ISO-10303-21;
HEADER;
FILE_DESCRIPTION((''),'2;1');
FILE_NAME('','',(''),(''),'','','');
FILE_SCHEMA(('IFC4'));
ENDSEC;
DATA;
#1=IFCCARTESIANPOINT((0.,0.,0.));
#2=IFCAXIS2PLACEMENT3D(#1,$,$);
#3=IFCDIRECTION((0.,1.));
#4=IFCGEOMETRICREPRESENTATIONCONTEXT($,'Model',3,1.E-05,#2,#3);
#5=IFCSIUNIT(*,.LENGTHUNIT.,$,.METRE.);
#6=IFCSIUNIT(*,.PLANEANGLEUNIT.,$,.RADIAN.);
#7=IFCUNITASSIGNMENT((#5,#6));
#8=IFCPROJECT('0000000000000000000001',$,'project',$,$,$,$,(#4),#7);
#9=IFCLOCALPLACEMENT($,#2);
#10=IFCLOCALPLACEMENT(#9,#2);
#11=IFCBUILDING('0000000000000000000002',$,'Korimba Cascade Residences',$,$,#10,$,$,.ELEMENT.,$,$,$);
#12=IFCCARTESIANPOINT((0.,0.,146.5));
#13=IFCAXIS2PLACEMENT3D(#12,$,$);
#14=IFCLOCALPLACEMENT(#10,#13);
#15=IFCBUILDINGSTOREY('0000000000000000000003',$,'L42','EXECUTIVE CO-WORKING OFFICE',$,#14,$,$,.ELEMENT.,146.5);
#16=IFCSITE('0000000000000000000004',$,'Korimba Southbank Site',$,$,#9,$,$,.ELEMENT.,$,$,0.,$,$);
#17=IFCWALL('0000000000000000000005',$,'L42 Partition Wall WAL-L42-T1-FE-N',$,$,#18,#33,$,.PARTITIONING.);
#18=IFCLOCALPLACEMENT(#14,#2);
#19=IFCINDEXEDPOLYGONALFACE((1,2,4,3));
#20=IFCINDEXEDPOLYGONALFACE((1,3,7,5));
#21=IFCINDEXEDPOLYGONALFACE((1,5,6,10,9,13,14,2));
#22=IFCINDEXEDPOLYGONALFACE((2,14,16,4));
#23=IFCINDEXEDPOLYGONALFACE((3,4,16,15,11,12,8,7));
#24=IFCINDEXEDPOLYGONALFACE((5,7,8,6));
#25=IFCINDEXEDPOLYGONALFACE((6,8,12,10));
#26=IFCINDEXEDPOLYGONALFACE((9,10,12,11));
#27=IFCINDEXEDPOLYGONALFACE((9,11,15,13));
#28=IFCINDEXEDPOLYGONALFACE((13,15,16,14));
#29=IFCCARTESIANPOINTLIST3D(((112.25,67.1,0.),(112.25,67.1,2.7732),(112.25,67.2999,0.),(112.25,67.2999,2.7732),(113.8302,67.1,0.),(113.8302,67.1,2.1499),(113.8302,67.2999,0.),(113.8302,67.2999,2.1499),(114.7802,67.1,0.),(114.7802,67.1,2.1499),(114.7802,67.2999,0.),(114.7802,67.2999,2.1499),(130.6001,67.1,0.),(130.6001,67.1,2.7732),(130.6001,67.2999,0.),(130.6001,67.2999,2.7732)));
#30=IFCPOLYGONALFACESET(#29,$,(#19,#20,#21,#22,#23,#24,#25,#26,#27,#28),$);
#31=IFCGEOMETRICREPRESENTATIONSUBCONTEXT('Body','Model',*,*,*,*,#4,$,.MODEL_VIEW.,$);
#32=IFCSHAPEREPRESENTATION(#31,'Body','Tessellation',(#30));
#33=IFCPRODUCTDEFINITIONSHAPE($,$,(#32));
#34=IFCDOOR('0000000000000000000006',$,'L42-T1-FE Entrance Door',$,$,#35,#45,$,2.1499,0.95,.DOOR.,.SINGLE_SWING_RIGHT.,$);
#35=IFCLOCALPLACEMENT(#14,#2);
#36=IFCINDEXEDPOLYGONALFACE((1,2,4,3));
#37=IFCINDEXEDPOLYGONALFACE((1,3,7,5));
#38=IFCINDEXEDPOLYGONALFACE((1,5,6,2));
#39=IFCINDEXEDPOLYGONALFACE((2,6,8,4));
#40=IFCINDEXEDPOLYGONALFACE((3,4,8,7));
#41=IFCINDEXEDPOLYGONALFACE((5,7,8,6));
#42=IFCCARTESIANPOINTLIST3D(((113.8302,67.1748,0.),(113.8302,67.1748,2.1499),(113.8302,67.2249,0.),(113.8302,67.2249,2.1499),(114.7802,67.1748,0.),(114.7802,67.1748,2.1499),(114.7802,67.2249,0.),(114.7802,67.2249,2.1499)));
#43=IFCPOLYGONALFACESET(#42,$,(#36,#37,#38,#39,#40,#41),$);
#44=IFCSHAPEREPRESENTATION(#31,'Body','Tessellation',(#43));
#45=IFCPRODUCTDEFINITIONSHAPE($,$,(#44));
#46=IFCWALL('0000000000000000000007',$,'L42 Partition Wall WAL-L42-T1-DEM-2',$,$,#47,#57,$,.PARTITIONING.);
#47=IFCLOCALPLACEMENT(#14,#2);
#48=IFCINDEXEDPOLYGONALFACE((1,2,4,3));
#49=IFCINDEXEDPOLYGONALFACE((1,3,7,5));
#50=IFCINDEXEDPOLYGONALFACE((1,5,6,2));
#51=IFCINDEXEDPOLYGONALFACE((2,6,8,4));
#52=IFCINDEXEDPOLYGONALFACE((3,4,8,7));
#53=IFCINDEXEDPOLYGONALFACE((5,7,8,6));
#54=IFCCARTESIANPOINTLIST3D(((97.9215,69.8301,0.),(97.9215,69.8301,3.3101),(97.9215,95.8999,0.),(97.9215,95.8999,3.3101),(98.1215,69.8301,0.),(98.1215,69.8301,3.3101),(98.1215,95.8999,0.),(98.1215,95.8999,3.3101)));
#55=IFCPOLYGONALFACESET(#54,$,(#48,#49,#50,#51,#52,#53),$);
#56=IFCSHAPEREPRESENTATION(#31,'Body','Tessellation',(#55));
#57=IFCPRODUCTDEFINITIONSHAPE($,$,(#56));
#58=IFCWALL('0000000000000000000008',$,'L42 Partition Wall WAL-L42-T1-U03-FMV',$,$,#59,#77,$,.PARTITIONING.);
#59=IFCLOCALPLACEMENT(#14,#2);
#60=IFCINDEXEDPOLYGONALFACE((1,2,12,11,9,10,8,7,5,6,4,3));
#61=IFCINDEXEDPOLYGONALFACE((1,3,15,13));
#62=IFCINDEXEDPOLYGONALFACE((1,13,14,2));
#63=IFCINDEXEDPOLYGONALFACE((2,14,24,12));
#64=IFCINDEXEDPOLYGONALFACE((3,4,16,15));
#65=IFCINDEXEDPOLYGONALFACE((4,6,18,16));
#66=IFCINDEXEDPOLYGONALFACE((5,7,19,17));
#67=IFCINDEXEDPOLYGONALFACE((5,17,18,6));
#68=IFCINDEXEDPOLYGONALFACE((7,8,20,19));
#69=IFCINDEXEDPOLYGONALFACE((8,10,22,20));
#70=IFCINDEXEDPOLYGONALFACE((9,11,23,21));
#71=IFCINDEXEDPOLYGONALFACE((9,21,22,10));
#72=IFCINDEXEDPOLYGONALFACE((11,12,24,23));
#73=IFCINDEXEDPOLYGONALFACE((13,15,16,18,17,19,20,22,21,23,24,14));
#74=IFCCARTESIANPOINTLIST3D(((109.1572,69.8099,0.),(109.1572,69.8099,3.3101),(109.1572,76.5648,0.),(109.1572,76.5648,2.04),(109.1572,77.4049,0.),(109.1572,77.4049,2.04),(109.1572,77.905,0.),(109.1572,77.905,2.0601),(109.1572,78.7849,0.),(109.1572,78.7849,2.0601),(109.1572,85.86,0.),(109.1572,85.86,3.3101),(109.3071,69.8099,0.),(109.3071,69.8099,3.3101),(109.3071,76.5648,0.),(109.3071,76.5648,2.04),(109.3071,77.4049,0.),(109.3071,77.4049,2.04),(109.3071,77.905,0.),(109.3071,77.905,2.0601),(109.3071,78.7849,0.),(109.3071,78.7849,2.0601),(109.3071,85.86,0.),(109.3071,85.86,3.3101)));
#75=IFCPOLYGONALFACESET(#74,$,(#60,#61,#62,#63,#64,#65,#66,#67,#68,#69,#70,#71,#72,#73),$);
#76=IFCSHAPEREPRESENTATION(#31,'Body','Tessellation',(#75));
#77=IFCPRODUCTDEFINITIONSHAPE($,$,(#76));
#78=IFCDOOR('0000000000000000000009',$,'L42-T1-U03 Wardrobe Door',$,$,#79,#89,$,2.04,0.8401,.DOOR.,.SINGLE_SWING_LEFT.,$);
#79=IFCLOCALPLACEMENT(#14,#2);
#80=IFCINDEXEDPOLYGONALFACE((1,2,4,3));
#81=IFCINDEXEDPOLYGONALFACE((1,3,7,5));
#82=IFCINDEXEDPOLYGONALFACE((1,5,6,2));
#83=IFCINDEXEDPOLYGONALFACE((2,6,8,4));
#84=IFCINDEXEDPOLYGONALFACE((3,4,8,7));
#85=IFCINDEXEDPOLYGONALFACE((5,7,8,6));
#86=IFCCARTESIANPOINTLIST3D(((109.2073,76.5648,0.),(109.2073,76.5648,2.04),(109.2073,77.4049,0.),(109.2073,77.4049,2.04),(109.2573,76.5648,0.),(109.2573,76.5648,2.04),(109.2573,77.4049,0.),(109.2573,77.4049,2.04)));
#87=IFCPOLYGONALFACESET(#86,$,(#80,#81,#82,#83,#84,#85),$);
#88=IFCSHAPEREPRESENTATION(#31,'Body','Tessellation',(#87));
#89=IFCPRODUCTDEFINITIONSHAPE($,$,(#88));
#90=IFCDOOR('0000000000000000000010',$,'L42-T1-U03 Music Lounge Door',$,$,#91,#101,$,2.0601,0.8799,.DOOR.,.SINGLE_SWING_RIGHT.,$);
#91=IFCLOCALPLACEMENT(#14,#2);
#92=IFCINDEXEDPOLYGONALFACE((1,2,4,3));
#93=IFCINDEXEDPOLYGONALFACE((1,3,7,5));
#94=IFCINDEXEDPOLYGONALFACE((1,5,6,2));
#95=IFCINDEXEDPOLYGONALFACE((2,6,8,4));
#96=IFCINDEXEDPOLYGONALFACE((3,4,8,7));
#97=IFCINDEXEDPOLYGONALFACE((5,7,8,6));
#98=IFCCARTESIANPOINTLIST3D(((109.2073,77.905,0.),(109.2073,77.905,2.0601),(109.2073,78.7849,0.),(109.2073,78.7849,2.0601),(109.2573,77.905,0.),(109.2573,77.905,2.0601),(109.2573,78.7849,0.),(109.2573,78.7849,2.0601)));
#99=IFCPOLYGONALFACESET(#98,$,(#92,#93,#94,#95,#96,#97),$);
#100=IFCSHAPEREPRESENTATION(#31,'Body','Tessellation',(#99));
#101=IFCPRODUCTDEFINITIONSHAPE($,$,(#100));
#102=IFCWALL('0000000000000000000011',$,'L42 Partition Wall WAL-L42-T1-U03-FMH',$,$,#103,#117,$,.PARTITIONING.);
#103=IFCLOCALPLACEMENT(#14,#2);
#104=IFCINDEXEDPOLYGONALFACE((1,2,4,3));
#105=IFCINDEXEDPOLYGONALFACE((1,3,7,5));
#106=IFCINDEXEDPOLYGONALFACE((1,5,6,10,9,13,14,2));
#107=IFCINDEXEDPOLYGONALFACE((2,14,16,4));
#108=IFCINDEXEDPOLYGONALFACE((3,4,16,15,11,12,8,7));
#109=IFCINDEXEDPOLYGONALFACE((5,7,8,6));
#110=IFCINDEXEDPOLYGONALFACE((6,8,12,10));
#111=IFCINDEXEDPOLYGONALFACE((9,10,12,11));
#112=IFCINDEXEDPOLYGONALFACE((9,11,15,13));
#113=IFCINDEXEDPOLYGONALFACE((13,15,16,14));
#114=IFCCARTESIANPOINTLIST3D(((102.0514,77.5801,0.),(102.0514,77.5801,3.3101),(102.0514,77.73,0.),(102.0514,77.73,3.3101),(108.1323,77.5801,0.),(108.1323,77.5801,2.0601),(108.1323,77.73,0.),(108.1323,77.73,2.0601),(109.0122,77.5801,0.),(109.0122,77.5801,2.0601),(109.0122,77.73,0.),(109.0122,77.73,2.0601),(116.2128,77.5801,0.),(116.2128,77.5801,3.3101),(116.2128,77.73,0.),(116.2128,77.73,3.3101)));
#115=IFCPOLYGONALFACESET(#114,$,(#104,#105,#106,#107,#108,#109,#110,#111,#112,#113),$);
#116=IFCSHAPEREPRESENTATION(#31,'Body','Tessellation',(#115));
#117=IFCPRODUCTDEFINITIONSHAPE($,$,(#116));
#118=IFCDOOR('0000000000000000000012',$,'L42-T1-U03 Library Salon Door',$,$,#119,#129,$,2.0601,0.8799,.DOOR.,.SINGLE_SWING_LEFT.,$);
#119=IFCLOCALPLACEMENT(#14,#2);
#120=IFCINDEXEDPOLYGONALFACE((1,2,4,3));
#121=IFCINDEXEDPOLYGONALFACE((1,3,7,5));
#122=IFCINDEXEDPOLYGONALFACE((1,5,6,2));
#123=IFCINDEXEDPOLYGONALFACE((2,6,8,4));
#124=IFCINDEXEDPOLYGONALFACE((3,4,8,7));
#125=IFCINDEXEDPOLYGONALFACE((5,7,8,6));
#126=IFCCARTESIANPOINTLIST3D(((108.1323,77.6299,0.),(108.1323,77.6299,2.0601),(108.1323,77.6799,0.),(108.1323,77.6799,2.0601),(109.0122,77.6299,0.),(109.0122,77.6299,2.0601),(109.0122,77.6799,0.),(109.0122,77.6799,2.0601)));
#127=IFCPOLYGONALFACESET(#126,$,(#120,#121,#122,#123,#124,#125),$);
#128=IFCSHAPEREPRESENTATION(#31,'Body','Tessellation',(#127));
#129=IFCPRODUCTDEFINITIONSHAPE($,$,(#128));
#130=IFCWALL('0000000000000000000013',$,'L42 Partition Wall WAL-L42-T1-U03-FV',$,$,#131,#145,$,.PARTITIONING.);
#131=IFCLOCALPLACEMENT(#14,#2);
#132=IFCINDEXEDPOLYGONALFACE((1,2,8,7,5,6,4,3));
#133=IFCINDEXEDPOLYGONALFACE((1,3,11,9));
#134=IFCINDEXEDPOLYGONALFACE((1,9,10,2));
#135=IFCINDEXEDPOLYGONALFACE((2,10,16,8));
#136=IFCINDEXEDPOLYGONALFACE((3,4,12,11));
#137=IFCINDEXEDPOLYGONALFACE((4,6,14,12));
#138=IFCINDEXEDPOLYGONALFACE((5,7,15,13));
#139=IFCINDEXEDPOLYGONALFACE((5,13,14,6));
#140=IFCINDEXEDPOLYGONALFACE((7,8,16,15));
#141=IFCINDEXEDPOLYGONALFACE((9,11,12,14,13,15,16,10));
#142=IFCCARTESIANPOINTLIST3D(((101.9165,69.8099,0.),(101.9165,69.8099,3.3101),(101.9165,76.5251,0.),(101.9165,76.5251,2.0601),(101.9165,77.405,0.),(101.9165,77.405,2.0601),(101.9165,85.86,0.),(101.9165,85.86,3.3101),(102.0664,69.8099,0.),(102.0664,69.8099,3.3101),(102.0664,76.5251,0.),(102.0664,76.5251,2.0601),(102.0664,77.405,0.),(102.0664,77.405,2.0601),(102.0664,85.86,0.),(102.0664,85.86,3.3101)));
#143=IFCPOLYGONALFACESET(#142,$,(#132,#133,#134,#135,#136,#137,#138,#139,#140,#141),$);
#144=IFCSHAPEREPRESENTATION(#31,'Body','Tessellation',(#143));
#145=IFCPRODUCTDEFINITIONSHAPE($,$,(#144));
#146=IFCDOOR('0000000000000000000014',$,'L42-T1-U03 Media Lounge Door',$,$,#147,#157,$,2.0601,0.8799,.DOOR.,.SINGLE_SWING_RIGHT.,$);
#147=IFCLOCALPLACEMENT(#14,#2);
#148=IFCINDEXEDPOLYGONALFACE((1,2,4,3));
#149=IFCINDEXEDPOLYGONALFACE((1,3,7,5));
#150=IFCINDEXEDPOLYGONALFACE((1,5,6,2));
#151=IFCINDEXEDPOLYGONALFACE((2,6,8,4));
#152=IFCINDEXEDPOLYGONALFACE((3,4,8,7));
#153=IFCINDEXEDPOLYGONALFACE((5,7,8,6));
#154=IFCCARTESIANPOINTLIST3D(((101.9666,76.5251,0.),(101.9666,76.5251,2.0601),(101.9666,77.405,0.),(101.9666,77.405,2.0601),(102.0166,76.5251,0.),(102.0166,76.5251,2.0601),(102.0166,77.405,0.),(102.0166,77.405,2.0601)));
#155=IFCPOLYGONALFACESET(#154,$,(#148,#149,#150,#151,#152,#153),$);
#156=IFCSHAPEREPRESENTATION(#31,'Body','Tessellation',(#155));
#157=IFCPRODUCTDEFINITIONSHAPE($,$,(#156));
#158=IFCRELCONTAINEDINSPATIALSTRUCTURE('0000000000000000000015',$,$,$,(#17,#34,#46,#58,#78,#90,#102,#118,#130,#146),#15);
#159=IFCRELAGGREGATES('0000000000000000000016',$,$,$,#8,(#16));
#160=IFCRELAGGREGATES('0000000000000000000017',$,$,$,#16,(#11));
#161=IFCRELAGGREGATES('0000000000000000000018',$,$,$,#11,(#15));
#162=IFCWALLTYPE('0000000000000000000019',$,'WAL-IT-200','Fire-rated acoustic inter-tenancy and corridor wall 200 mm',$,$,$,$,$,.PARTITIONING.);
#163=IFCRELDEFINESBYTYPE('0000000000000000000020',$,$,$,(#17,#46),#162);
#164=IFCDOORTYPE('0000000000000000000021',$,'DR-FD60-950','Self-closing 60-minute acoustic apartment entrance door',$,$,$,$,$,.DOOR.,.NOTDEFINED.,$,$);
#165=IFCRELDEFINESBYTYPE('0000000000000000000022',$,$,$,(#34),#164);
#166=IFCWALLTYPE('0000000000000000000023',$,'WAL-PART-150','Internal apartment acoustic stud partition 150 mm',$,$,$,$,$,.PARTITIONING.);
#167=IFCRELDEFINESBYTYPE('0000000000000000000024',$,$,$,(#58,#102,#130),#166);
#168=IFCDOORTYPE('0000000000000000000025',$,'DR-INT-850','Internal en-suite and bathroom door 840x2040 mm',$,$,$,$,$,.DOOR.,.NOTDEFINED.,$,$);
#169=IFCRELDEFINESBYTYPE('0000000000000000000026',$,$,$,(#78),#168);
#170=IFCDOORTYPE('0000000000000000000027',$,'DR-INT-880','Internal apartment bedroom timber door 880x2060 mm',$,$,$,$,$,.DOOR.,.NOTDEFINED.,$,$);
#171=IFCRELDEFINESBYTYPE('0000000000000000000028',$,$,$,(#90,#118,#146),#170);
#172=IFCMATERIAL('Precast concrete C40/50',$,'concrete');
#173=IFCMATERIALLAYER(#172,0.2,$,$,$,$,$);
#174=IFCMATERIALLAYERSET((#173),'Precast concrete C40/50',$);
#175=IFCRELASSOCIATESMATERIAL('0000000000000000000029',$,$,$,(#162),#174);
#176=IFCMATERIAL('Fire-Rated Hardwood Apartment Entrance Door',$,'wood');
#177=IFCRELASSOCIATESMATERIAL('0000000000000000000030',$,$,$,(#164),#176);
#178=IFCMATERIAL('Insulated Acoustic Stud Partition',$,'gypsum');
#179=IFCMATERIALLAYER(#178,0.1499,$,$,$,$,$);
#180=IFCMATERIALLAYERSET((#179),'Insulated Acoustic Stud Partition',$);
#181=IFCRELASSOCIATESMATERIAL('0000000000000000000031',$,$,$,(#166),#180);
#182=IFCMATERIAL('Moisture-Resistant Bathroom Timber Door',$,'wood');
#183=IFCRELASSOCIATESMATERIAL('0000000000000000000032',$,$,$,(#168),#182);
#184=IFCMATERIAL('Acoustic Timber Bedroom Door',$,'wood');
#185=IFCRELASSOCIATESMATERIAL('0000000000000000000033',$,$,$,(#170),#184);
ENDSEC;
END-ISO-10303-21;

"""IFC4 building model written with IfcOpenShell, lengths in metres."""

from ifc_helpers import new_model, si_unit, direction, frame, frame_2d, origin, place, context, subcontext, project, spatial, rectangle, extrude, material, layer, layer_set, type_object, element, fill, save


model = new_model("IFC4")

# Units and contexts
model_context = context("Model", 3, precision=1e-05, world=origin(), true_north=direction((0.0, 1.0)))
body_context = subcontext(model_context, "Body", "Model", "MODEL_VIEW")
ifc_project = project(units=[si_unit("LENGTHUNIT", "METRE"), si_unit("PLANEANGLEUNIT", "RADIAN")], contexts=[model_context])

# Site, building, storey
site_placement = place(None, origin())
site = spatial("IfcSite", under=ifc_project, at=site_placement, Name="Korimba Southbank Site", CompositionType="ELEMENT", RefElevation=0.0)
building_placement = place(site_placement, origin())
building = spatial("IfcBuilding", under=site, at=building_placement, Name="Korimba Cascade Residences", CompositionType="ELEMENT")
storey_placement = place(building_placement, frame((0.0, 0.0, 146.5)))
storey = spatial("IfcBuildingStorey", under=building, at=storey_placement, Name="L42", Description="EXECUTIVE CO-WORKING OFFICE", CompositionType="ELEMENT", Elevation=146.5)

# Wall, opening, door
ifc_material_1 = material(Name="Precast concrete C40/50", Category="concrete")
ifc_layer_1 = layer(ifc_material_1, 0.2)
ifc_layer_set_1 = layer_set([ifc_layer_1], Name="Precast concrete C40/50")
wall_type_1 = type_object("IfcWallType", Name="WAL-IT-200", Description="Fire-rated acoustic inter-tenancy and corridor wall 200 mm", PredefinedType="PARTITIONING", material=ifc_layer_set_1)
wall_1_placement = place(storey_placement, frame((112.25, 67.2, 0.0), z_axis=(0.0, 0.0, 1.0), x_axis=(1.0, 0.0, 0.0)))
wall_1 = element("IfcWall", 1, at=wall_1_placement, inside=storey, type_object=wall_type_1, Name="L42 Partition Wall WAL-L42-T1-FE-N", PredefinedType="PARTITIONING", context=body_context, shape_type="SweptSolid", body=[
    extrude(rectangle(XDim=18.3501, YDim=0.2, at=frame_2d((9.175, 0.0))), origin(), (0.0, 0.0, 1.0), 2.7732),
])
opening_1_placement = place(wall_1_placement, frame((1.5801, 0.0, 0.0)))
opening_1 = element("IfcOpeningElement", 2, at=opening_1_placement, cuts=wall_1, PredefinedType="OPENING", context=body_context, shape_type="SweptSolid", body=[
    extrude(rectangle(XDim=0.95, YDim=2.1499, at=frame_2d((0.4751, 1.075))), frame((0.0, 0.1099, 0.0), z_axis=(0.0, -1.0, 0.0), x_axis=(1.0, 0.0, 0.0)), (0.0, 0.0, 1.0), 0.22),
])
ifc_material_2 = material(Name="Fire-Rated Hardwood Apartment Entrance Door", Category="wood")
door_type_1 = type_object("IfcDoorType", Name="DR-FD60-950", Description="Self-closing 60-minute acoustic apartment entrance door", OperationType="NOTDEFINED", PredefinedType="DOOR", material=ifc_material_2)
door_1_placement = place(opening_1_placement, origin())
door_1 = element("IfcDoor", 3, at=door_1_placement, inside=storey, type_object=door_type_1, Name="L42-T1-FE Entrance Door", OperationType="SINGLE_SWING_RIGHT", OverallHeight=2.1499, OverallWidth=0.95, PredefinedType="DOOR", context=body_context, shape_type="SweptSolid", body=[
    extrude(rectangle(XDim=0.95, YDim=2.1499, at=frame_2d((0.4751, 1.075))), frame((0.0, 0.0249, 0.0), z_axis=(0.0, -1.0, 0.0), x_axis=(1.0, 0.0, 0.0)), (0.0, 0.0, 1.0), 0.05),
])
fill(opening_1, door_1)

# Wall
wall_2_placement = place(storey_placement, frame((98.0215, 69.8301, 0.0), z_axis=(0.0, 0.0, 1.0), x_axis=(0.0, 1.0, 0.0)))
element("IfcWall", 4, at=wall_2_placement, inside=storey, type_object=wall_type_1, Name="L42 Partition Wall WAL-L42-T1-DEM-2", PredefinedType="PARTITIONING", context=body_context, shape_type="SweptSolid", body=[
    extrude(rectangle(XDim=26.0698, YDim=0.2, at=frame_2d((13.0349, 0.0))), origin(), (0.0, 0.0, 1.0), 3.3101),
])

# Wall, openings, doors
ifc_material_3 = material(Name="Insulated Acoustic Stud Partition", Category="gypsum")
ifc_layer_2 = layer(ifc_material_3, 0.1499)
ifc_layer_set_2 = layer_set([ifc_layer_2], Name="Insulated Acoustic Stud Partition")
wall_type_2 = type_object("IfcWallType", Name="WAL-PART-150", Description="Internal apartment acoustic stud partition 150 mm", PredefinedType="PARTITIONING", material=ifc_layer_set_2)
wall_3_placement = place(storey_placement, frame((109.2322, 69.8101, 0.0), z_axis=(0.0, 0.0, 1.0), x_axis=(0.0, 1.0, 0.0)))
wall_3 = element("IfcWall", 5, at=wall_3_placement, inside=storey, type_object=wall_type_2, Name="L42 Partition Wall WAL-L42-T1-U03-FMV", PredefinedType="PARTITIONING", context=body_context, shape_type="SweptSolid", body=[
    extrude(rectangle(XDim=16.05, YDim=0.1499, at=frame_2d((8.0249, 0.0))), origin(), (0.0, 0.0, 1.0), 3.3101),
])
opening_2_placement = place(wall_3_placement, frame((6.7549, 0.0, 0.0)))
opening_2 = element("IfcOpeningElement", 6, at=opening_2_placement, cuts=wall_3, PredefinedType="OPENING", context=body_context, shape_type="SweptSolid", body=[
    extrude(rectangle(XDim=0.8401, YDim=2.04, at=frame_2d((0.4199, 1.02))), frame((0.0, 0.085, 0.0), z_axis=(0.0, -1.0, 0.0), x_axis=(1.0, 0.0, 0.0)), (0.0, 0.0, 1.0), 0.1699),
])
opening_3_placement = place(wall_3_placement, frame((8.095, 0.0, 0.0)))
opening_3 = element("IfcOpeningElement", 7, at=opening_3_placement, cuts=wall_3, PredefinedType="OPENING", context=body_context, shape_type="SweptSolid", body=[
    extrude(rectangle(XDim=0.8799, YDim=2.0601, at=frame_2d((0.4399, 1.03))), frame((0.0, 0.085, 0.0), z_axis=(0.0, -1.0, 0.0), x_axis=(1.0, 0.0, 0.0)), (0.0, 0.0, 1.0), 0.1699),
])
ifc_material_4 = material(Name="Moisture-Resistant Bathroom Timber Door", Category="wood")
door_type_2 = type_object("IfcDoorType", Name="DR-INT-850", Description="Internal en-suite and bathroom door 840x2040 mm", OperationType="NOTDEFINED", PredefinedType="DOOR", material=ifc_material_4)
door_2_placement = place(opening_2_placement, origin())
door_2 = element("IfcDoor", 8, at=door_2_placement, inside=storey, type_object=door_type_2, Name="L42-T1-U03 Wardrobe Door", OperationType="SINGLE_SWING_LEFT", OverallHeight=2.04, OverallWidth=0.8401, PredefinedType="DOOR", context=body_context, shape_type="SweptSolid", body=[
    extrude(rectangle(XDim=0.8401, YDim=2.04, at=frame_2d((0.4199, 1.02))), frame((0.0, 0.0249, 0.0), z_axis=(0.0, -1.0, 0.0), x_axis=(1.0, 0.0, 0.0)), (0.0, 0.0, 1.0), 0.05),
])
fill(opening_2, door_2)
ifc_material_5 = material(Name="Acoustic Timber Bedroom Door", Category="wood")
door_type_3 = type_object("IfcDoorType", Name="DR-INT-880", Description="Internal apartment bedroom timber door 880x2060 mm", OperationType="NOTDEFINED", PredefinedType="DOOR", material=ifc_material_5)
door_3_placement = place(opening_3_placement, origin())
door_3 = element("IfcDoor", 9, at=door_3_placement, inside=storey, type_object=door_type_3, Name="L42-T1-U03 Music Lounge Door", OperationType="SINGLE_SWING_RIGHT", OverallHeight=2.0601, OverallWidth=0.8799, PredefinedType="DOOR", context=body_context, shape_type="SweptSolid", body=[
    extrude(rectangle(XDim=0.8799, YDim=2.0601, at=frame_2d((0.4399, 1.03))), frame((0.0, 0.0249, 0.0), z_axis=(0.0, -1.0, 0.0), x_axis=(1.0, 0.0, 0.0)), (0.0, 0.0, 1.0), 0.05),
])
fill(opening_3, door_3)

# Walls, openings, doors
wall_4_placement = place(storey_placement, frame((102.0515, 77.655, 0.0), z_axis=(0.0, 0.0, 1.0), x_axis=(1.0, 0.0, 0.0)))
wall_4 = element("IfcWall", 10, at=wall_4_placement, inside=storey, type_object=wall_type_2, Name="L42 Partition Wall WAL-L42-T1-U03-FMH", PredefinedType="PARTITIONING", context=body_context, shape_type="SweptSolid", body=[
    extrude(rectangle(XDim=14.1614, YDim=0.1499, at=frame_2d((7.0806, 0.0))), origin(), (0.0, 0.0, 1.0), 3.3101),
])
opening_4_placement = place(wall_4_placement, frame((6.0808, 0.0, 0.0)))
opening_4 = element("IfcOpeningElement", 11, at=opening_4_placement, cuts=wall_4, PredefinedType="OPENING", context=body_context, shape_type="SweptSolid", body=[
    extrude(rectangle(XDim=0.8799, YDim=2.0601, at=frame_2d((0.4399, 1.03))), frame((0.0, 0.085, 0.0), z_axis=(0.0, -1.0, 0.0), x_axis=(1.0, 0.0, 0.0)), (0.0, 0.0, 1.0), 0.1699),
])
door_4_placement = place(opening_4_placement, origin())
door_4 = element("IfcDoor", 12, at=door_4_placement, inside=storey, type_object=door_type_3, Name="L42-T1-U03 Library Salon Door", OperationType="SINGLE_SWING_LEFT", OverallHeight=2.0601, OverallWidth=0.8799, PredefinedType="DOOR", context=body_context, shape_type="SweptSolid", body=[
    extrude(rectangle(XDim=0.8799, YDim=2.0601, at=frame_2d((0.4399, 1.03))), frame((0.0, 0.0249, 0.0), z_axis=(0.0, -1.0, 0.0), x_axis=(1.0, 0.0, 0.0)), (0.0, 0.0, 1.0), 0.05),
])
fill(opening_4, door_4)
wall_5_placement = place(storey_placement, frame((101.9915, 69.8101, 0.0), z_axis=(0.0, 0.0, 1.0), x_axis=(0.0, 1.0, 0.0)))
wall_5 = element("IfcWall", 13, at=wall_5_placement, inside=storey, type_object=wall_type_2, Name="L42 Partition Wall WAL-L42-T1-U03-FV", PredefinedType="PARTITIONING", context=body_context, shape_type="SweptSolid", body=[
    extrude(rectangle(XDim=16.05, YDim=0.1499, at=frame_2d((8.0249, 0.0))), origin(), (0.0, 0.0, 1.0), 3.3101),
])
opening_5_placement = place(wall_5_placement, frame((6.7151, 0.0, 0.0)))
opening_5 = element("IfcOpeningElement", 14, at=opening_5_placement, cuts=wall_5, PredefinedType="OPENING", context=body_context, shape_type="SweptSolid", body=[
    extrude(rectangle(XDim=0.8799, YDim=2.0601, at=frame_2d((0.4399, 1.03))), frame((0.0, 0.085, 0.0), z_axis=(0.0, -1.0, 0.0), x_axis=(1.0, 0.0, 0.0)), (0.0, 0.0, 1.0), 0.1699),
])
door_5_placement = place(opening_5_placement, origin())
door_5 = element("IfcDoor", 15, at=door_5_placement, inside=storey, type_object=door_type_3, Name="L42-T1-U03 Media Lounge Door", OperationType="SINGLE_SWING_RIGHT", OverallHeight=2.0601, OverallWidth=0.8799, PredefinedType="DOOR", context=body_context, shape_type="SweptSolid", body=[
    extrude(rectangle(XDim=0.8799, YDim=2.0601, at=frame_2d((0.4399, 1.03))), frame((0.0, 0.0249, 0.0), z_axis=(0.0, -1.0, 0.0), x_axis=(1.0, 0.0, 0.0)), (0.0, 0.0, 1.0), 0.05),
])
fill(opening_5, door_5)

save(model, "model.ifc")
